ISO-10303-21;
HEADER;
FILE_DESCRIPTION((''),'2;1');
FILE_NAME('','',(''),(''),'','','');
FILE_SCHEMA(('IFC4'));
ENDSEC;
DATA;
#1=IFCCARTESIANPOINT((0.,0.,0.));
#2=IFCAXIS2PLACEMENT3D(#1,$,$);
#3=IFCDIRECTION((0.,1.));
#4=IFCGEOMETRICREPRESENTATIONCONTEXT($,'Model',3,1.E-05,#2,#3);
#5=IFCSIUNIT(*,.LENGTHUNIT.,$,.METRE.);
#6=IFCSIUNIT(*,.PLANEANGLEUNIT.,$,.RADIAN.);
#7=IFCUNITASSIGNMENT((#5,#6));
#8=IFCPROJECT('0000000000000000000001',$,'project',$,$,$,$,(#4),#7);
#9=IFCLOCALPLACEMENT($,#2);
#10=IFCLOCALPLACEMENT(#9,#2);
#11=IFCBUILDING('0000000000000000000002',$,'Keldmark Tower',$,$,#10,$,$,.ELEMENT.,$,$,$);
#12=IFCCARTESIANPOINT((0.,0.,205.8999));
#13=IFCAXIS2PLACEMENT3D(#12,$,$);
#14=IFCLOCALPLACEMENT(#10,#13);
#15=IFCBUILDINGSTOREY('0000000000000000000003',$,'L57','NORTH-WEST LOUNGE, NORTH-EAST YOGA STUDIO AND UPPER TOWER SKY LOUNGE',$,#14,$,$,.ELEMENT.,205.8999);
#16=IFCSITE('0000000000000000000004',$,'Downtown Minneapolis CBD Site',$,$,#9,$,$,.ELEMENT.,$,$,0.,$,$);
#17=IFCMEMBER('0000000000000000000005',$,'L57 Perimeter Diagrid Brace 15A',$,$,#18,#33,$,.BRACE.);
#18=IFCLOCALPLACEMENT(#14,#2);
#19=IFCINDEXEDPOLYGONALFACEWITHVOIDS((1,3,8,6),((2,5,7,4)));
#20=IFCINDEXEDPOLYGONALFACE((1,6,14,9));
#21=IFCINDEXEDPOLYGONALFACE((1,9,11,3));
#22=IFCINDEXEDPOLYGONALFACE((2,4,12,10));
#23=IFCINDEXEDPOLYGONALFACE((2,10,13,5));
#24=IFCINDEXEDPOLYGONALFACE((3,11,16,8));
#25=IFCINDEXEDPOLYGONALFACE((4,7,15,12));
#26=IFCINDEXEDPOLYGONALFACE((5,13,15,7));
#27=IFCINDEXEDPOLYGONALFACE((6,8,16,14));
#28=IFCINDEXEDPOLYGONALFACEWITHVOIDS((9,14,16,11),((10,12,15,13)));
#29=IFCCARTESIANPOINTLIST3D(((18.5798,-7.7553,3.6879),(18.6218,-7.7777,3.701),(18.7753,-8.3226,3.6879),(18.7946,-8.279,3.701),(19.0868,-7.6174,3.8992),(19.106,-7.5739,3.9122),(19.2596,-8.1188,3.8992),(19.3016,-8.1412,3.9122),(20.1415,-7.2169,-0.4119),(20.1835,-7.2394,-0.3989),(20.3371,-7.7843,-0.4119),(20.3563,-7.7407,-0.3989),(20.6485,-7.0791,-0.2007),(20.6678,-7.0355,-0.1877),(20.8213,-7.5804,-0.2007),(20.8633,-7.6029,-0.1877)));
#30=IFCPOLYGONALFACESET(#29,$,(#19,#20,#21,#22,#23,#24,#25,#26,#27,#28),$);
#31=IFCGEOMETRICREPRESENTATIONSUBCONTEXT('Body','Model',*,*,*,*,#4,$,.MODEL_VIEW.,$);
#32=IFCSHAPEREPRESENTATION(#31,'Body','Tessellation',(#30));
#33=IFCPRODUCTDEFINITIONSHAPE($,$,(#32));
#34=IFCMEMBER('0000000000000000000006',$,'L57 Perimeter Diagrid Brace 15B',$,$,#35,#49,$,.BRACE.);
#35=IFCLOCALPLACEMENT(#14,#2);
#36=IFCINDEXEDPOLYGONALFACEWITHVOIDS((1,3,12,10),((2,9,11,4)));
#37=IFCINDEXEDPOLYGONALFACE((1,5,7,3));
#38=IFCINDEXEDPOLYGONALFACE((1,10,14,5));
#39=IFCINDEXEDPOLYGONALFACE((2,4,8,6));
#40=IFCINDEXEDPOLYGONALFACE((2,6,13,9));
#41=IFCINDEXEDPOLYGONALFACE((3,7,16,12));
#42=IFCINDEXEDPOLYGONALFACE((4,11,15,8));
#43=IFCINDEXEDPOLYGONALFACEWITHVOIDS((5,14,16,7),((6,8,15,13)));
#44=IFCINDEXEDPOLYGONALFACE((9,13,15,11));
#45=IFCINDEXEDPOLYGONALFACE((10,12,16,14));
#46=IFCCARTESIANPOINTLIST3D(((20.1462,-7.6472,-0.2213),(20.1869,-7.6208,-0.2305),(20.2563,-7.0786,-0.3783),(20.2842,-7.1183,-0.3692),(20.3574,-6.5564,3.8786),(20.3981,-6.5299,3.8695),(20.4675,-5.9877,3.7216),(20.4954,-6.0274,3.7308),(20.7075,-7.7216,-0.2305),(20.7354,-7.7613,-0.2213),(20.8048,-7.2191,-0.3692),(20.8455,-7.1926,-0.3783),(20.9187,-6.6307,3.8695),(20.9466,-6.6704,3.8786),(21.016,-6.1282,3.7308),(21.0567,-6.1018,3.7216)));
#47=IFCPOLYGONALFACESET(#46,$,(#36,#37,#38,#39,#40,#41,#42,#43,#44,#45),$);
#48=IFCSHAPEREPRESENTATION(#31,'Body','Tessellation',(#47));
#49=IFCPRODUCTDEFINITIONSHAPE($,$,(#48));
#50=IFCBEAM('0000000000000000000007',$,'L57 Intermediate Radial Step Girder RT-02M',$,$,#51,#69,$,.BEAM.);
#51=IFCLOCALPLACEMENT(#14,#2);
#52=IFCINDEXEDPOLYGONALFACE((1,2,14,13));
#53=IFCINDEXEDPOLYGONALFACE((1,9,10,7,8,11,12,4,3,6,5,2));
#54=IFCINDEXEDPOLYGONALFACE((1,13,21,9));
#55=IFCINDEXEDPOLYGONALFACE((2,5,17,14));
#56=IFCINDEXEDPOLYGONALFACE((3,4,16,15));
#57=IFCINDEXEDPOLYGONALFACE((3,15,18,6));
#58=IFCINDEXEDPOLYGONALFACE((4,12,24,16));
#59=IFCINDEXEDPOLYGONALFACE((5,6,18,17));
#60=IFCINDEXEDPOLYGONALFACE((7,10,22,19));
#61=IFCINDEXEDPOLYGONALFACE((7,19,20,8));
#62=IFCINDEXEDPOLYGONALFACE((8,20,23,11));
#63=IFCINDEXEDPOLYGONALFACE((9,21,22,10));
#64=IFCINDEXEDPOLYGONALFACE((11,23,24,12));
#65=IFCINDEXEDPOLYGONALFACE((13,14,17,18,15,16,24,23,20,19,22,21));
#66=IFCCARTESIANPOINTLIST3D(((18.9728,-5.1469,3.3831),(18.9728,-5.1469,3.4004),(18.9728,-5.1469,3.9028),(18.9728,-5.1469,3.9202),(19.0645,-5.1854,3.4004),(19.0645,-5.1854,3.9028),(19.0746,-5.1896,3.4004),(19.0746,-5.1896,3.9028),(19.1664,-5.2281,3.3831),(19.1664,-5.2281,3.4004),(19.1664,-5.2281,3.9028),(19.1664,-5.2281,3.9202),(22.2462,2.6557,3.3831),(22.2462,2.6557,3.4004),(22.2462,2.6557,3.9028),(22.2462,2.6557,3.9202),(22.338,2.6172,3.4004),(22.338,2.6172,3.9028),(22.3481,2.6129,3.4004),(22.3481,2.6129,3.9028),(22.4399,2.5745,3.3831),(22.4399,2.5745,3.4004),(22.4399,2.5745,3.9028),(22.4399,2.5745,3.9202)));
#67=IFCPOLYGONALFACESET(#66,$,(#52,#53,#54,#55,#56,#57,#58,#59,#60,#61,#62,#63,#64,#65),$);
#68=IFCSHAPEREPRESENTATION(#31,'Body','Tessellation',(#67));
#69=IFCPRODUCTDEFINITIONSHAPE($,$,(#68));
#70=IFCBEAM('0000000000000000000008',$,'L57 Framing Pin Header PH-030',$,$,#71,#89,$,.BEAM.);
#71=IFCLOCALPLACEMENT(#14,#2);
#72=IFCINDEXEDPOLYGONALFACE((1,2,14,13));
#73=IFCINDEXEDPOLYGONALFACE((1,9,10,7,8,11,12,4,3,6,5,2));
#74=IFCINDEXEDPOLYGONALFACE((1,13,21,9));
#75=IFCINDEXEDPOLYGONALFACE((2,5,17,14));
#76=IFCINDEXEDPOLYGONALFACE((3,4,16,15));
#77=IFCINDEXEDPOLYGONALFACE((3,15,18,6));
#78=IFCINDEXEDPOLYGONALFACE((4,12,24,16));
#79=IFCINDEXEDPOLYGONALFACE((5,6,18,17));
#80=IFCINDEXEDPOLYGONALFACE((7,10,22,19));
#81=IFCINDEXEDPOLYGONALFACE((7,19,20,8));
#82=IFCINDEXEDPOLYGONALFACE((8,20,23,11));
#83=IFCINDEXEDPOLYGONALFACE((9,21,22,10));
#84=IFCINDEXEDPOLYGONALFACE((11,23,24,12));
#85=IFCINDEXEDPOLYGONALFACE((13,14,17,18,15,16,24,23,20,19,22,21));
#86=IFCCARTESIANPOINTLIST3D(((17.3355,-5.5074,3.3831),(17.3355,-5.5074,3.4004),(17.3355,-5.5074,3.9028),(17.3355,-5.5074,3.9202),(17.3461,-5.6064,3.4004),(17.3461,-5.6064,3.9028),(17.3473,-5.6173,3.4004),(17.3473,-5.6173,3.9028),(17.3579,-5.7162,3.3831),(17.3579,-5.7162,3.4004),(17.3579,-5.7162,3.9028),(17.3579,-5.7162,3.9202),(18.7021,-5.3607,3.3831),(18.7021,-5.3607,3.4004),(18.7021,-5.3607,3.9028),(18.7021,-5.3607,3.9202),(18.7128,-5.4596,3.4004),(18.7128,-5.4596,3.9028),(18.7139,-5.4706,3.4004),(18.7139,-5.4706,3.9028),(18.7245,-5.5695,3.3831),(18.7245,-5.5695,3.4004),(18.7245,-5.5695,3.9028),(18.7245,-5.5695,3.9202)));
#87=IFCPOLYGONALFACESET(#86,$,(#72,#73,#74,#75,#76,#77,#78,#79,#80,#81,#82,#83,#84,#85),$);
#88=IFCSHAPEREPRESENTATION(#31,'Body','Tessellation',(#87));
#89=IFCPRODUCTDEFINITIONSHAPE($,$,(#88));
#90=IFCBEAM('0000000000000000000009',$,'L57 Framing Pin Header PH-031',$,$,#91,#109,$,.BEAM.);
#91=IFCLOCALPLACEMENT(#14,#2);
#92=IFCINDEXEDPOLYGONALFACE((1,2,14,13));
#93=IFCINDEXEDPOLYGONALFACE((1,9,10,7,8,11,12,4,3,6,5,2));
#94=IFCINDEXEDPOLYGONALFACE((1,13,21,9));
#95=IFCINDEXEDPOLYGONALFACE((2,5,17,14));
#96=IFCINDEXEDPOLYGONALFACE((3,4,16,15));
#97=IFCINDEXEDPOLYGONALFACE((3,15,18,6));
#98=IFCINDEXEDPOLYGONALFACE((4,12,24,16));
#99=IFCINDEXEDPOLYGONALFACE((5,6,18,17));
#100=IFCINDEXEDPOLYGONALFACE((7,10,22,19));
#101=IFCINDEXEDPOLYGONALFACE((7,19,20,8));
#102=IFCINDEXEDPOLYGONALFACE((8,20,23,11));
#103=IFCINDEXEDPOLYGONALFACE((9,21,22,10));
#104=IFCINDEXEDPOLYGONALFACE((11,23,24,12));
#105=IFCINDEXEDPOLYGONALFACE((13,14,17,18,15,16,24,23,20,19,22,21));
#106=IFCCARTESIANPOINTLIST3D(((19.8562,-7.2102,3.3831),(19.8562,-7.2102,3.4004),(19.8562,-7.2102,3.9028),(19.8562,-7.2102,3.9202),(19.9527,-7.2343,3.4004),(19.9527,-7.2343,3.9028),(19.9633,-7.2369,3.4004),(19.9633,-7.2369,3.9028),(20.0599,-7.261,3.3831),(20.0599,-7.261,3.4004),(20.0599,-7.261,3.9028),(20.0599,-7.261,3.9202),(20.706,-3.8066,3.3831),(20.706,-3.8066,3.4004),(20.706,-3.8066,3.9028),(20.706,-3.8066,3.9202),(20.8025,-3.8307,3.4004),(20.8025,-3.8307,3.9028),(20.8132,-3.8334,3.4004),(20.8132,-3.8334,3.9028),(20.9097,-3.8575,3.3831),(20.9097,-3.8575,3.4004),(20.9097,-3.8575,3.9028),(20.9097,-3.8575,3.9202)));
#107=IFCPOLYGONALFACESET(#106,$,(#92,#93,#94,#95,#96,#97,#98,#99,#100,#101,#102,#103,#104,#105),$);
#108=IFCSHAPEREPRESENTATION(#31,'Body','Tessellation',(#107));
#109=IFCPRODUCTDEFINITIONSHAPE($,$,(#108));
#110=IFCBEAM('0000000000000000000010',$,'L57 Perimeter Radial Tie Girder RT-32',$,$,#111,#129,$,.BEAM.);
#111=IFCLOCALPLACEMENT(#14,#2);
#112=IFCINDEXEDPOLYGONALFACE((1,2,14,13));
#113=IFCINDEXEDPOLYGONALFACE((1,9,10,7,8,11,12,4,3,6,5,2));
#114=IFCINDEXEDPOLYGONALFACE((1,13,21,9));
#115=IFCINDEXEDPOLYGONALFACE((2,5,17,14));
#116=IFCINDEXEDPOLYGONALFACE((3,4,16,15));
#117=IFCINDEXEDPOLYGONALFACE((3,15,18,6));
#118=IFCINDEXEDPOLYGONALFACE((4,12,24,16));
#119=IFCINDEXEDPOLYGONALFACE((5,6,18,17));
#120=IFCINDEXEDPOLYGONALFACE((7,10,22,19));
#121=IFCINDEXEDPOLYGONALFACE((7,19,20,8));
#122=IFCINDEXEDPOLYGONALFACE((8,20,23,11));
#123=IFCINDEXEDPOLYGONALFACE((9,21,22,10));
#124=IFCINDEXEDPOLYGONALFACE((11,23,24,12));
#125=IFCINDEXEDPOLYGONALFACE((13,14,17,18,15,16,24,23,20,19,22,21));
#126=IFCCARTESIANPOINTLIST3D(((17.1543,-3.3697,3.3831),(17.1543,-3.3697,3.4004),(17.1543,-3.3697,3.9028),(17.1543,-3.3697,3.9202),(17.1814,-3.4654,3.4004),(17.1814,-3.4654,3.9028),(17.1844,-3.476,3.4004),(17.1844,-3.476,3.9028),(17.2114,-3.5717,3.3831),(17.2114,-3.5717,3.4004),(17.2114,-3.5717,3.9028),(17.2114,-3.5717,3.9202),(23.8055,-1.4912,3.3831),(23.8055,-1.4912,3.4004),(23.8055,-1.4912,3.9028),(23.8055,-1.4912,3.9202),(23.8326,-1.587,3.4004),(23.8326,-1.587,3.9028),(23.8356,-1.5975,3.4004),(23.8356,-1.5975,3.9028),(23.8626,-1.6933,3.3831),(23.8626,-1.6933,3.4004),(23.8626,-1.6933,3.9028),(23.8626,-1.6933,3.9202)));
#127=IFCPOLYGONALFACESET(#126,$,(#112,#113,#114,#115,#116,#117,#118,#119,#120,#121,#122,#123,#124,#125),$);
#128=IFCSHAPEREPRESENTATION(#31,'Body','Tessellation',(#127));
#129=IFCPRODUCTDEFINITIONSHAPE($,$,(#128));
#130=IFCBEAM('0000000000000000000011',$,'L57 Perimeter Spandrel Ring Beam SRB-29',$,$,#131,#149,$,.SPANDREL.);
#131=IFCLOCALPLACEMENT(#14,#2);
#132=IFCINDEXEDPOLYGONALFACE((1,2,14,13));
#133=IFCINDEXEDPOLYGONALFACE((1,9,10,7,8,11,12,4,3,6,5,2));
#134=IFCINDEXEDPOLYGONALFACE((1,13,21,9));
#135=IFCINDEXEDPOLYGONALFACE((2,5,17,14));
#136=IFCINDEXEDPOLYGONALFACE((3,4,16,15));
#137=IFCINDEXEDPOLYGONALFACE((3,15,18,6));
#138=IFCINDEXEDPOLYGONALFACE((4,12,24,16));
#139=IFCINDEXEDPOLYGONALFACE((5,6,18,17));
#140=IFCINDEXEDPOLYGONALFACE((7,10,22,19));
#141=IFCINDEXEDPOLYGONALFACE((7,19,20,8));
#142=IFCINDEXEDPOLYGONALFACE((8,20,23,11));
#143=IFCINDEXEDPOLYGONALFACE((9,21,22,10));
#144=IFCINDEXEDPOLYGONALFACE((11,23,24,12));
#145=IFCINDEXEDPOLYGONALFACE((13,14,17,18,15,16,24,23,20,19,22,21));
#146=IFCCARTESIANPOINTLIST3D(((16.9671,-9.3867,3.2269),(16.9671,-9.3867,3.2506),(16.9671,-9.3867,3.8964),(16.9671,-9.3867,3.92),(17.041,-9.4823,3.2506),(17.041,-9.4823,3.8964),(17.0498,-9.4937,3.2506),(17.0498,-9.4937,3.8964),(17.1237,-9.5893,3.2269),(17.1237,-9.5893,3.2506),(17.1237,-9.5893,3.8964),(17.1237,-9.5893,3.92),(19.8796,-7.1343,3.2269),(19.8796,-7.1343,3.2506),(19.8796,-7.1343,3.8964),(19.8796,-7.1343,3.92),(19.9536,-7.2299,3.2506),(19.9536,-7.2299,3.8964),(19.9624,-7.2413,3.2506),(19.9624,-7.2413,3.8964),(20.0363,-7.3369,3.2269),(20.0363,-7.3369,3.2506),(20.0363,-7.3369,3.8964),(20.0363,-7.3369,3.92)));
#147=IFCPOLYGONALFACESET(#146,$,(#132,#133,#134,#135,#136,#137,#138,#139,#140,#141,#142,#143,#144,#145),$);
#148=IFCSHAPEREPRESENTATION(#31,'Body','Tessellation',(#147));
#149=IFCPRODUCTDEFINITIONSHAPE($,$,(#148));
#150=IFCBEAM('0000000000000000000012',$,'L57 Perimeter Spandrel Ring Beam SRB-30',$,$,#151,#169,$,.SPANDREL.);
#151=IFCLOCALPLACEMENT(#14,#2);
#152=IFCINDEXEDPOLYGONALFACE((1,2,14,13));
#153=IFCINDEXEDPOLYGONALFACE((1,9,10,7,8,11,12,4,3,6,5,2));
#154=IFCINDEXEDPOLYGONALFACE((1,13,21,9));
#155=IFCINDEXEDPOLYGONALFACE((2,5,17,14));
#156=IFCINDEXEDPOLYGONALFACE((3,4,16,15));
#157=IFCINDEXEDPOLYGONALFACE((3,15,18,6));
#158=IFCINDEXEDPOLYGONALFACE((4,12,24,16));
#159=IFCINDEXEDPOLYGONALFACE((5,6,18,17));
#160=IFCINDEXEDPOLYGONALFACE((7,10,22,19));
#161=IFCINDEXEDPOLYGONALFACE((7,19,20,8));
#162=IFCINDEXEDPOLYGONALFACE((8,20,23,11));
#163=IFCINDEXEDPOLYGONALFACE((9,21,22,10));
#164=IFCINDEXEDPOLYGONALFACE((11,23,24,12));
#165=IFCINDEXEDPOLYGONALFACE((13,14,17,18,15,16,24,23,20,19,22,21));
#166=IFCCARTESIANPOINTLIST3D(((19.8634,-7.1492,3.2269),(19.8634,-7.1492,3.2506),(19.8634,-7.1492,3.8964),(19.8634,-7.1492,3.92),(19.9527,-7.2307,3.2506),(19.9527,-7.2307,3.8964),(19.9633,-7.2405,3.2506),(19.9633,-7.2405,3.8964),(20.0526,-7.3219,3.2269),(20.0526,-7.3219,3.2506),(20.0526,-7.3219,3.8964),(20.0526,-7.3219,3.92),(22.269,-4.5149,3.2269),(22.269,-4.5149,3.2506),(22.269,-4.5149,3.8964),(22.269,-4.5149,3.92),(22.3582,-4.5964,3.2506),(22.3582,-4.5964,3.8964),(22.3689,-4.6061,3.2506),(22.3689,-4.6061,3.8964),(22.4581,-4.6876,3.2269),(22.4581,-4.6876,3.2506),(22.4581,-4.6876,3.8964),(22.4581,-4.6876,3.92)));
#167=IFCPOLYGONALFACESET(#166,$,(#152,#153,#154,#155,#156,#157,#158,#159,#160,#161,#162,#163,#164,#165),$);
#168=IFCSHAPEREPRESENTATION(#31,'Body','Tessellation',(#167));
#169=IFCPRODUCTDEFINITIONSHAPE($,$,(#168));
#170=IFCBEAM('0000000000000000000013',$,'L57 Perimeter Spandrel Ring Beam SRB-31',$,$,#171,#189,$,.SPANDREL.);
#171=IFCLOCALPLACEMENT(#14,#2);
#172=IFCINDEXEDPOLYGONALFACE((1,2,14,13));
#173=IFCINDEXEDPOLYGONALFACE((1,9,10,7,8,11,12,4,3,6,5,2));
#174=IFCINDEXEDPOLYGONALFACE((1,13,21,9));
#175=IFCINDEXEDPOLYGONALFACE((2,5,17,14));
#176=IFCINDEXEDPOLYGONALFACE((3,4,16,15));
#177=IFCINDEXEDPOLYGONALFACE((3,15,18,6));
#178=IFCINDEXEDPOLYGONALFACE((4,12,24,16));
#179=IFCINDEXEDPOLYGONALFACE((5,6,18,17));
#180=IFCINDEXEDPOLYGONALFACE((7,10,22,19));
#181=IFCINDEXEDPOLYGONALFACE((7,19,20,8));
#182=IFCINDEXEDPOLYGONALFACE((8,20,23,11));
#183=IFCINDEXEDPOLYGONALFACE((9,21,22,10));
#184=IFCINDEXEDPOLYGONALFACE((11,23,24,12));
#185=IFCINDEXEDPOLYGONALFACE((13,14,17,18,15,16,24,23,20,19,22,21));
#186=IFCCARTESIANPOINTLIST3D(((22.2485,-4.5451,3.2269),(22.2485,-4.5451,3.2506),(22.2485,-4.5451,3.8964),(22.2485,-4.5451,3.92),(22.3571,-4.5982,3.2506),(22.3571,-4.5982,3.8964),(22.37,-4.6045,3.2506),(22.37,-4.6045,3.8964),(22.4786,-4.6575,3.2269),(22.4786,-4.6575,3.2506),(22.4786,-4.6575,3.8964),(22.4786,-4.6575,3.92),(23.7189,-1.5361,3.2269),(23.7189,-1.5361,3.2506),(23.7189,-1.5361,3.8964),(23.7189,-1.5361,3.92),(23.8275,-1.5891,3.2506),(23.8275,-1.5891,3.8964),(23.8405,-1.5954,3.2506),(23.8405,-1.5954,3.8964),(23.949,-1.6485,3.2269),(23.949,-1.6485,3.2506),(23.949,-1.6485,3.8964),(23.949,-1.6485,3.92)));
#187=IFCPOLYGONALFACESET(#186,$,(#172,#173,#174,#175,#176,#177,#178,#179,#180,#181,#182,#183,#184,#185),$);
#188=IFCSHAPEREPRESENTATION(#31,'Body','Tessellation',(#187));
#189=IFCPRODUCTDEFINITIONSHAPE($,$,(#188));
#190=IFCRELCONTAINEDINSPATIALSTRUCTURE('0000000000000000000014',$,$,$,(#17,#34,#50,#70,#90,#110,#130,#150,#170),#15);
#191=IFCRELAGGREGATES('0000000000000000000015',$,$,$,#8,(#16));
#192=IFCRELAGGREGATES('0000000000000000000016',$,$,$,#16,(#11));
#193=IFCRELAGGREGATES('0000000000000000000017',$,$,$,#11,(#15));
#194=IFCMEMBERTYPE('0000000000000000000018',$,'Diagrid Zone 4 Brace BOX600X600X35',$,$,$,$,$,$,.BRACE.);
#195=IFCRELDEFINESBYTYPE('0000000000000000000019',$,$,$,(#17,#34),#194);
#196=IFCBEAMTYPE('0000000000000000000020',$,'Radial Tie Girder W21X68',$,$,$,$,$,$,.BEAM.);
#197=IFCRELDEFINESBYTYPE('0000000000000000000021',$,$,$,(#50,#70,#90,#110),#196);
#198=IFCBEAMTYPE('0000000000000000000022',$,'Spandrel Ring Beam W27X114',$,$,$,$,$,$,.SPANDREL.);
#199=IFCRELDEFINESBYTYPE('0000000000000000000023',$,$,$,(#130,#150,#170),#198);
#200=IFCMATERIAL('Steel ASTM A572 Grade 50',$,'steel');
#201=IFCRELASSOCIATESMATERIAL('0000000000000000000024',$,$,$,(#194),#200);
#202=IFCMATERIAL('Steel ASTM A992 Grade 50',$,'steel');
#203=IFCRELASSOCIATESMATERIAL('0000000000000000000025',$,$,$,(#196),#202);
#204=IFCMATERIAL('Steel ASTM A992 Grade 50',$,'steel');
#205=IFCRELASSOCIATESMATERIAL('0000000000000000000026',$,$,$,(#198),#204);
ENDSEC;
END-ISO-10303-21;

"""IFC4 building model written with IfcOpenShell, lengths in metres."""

from ifc_helpers import new_model, si_unit, direction, frame, origin, origin_2d, place, context, subcontext, project, spatial, hollow_rectangle, i_section, extrude, material, material_profile, profile_set, type_object, element, save


model = new_model("IFC4")

# Units and contexts
model_context = context("Model", 3, precision=1e-05, world=origin(), true_north=direction((0.0, 1.0)))
body_context = subcontext(model_context, "Body", "Model", "MODEL_VIEW")
ifc_project = project(units=[si_unit("LENGTHUNIT", "METRE"), si_unit("PLANEANGLEUNIT", "RADIAN")], contexts=[model_context])

# Site, building, storey
site_placement = place(None, origin())
site = spatial("IfcSite", under=ifc_project, at=site_placement, Name="Downtown Minneapolis CBD Site", CompositionType="ELEMENT", RefElevation=0.0)
building_placement = place(site_placement, origin())
building = spatial("IfcBuilding", under=site, at=building_placement, Name="Keldmark Tower", CompositionType="ELEMENT")
storey_placement = place(building_placement, frame((0.0, 0.0, 205.8999)))
storey = spatial("IfcBuildingStorey", under=building, at=storey_placement, Name="L57", Description="NORTH-WEST LOUNGE, NORTH-EAST YOGA STUDIO AND UPPER TOWER SKY LOUNGE", CompositionType="ELEMENT", Elevation=205.8999)

# Members
ifc_material_1 = material(Name="Steel ASTM A572 Grade 50", Category="steel")
ifc_material_profile_1 = material_profile(ifc_material_1, hollow_rectangle(XDim=0.6001, YDim=0.6001, WallThickness=0.0349, at=origin_2d()), Name="BOX600X600X35")
ifc_profile_set_1 = profile_set([ifc_material_profile_1], Name="Steel ASTM A572 Grade 50")
member_type = type_object("IfcMemberType", Name="Diagrid Zone 4 Brace BOX600X600X35", PredefinedType="BRACE", material=ifc_profile_set_1)
member_1_placement = place(storey_placement, frame((20.5024, -7.4099, -0.2998), z_axis=(-0.353329, -0.12179, 0.927537), x_axis=(0.325877, -0.945412, 0.0)))
element("IfcMember", 1, at=member_1_placement, inside=storey, type_object=member_type, Name="L57 Perimeter Diagrid Brace 15A", PredefinedType="BRACE", context=body_context, shape_type="SweptSolid", body=[
    extrude(hollow_rectangle(XDim=0.6001, YDim=0.6001, WallThickness=0.0349, at=origin_2d()), origin(), (0.0, 0.0, 1.0), 4.4202),
])
member_2_placement = place(storey_placement, frame((20.4958, -7.4199, -0.2998), z_axis=(0.049716, 0.2568, 0.965185), x_axis=(-0.981771, 0.19007, 0.0)))
element("IfcMember", 2, at=member_2_placement, inside=storey, type_object=member_type, Name="L57 Perimeter Diagrid Brace 15B", PredefinedType="BRACE", context=body_context, shape_type="SweptSolid", body=[
    extrude(hollow_rectangle(XDim=0.6001, YDim=0.6001, WallThickness=0.0349, at=origin_2d()), origin(), (0.0, 0.0, 1.0), 4.2478),
])

# Beams
ifc_material_2 = material(Name="Steel ASTM A992 Grade 50", Category="steel")
ifc_material_profile_2 = material_profile(ifc_material_2, i_section(OverallWidth=0.21, OverallDepth=0.5371, WebThickness=0.011, FlangeThickness=0.0173, at=origin_2d()), Name="W21X68")
ifc_profile_set_2 = profile_set([ifc_material_profile_2], Name="Steel ASTM A992 Grade 50")
beam_type_1 = type_object("IfcBeamType", Name="Radial Tie Girder W21X68", PredefinedType="BEAM", material=ifc_profile_set_2)
beam_1_placement = place(storey_placement, frame((19.0696, -5.1875, 3.6516), z_axis=(0.38687, 0.922134, 0.0), x_axis=(-0.922134, 0.38687, 0.0)))
element("IfcBeam", 3, at=beam_1_placement, inside=storey, type_object=beam_type_1, Name="L57 Intermediate Radial Step Girder RT-02M", PredefinedType="BEAM", context=body_context, shape_type="SweptSolid", body=[
    extrude(i_section(OverallWidth=0.21, OverallDepth=0.5371, WebThickness=0.011, FlangeThickness=0.0173, at=origin_2d()), origin(), (0.0, 0.0, 1.0), 8.4614),
])
beam_2_placement = place(storey_placement, frame((17.3467, -5.6118, 3.6516), z_axis=(0.994286, 0.106746, 0.0), x_axis=(-0.106746, 0.994286, 0.0)))
element("IfcBeam", 4, at=beam_2_placement, inside=storey, type_object=beam_type_1, Name="L57 Framing Pin Header PH-030", PredefinedType="BEAM", context=body_context, shape_type="SweptSolid", body=[
    extrude(i_section(OverallWidth=0.21, OverallDepth=0.5371, WebThickness=0.011, FlangeThickness=0.0173, at=origin_2d()), origin(), (0.0, 0.0, 1.0), 1.3745),
])
beam_3_placement = place(storey_placement, frame((19.958, -7.2356, 3.6516), z_axis=(0.242257, 0.970212, 0.0), x_axis=(-0.970212, 0.242257, 0.0)))
element("IfcBeam", 5, at=beam_3_placement, inside=storey, type_object=beam_type_1, Name="L57 Framing Pin Header PH-031", PredefinedType="BEAM", context=body_context, shape_type="SweptSolid", body=[
    extrude(i_section(OverallWidth=0.21, OverallDepth=0.5371, WebThickness=0.011, FlangeThickness=0.0173, at=origin_2d()), origin(), (0.0, 0.0, 1.0), 3.5081),
])
beam_4_placement = place(storey_placement, frame((17.1829, -3.4707, 3.6516), z_axis=(0.962357, 0.27179, 0.0), x_axis=(-0.27179, 0.962357, 0.0)))
element("IfcBeam", 6, at=beam_4_placement, inside=storey, type_object=beam_type_1, Name="L57 Perimeter Radial Tie Girder RT-32", PredefinedType="BEAM", context=body_context, shape_type="SweptSolid", body=[
    extrude(i_section(OverallWidth=0.21, OverallDepth=0.5371, WebThickness=0.011, FlangeThickness=0.0173, at=origin_2d()), origin(), (0.0, 0.0, 1.0), 6.9114),
])
ifc_material_3 = material(Name="Steel ASTM A992 Grade 50", Category="steel")
ifc_material_profile_3 = material_profile(ifc_material_3, i_section(OverallWidth=0.2561, OverallDepth=0.6931, WebThickness=0.0144, FlangeThickness=0.0237, at=origin_2d()), Name="W27X114")
ifc_profile_set_3 = profile_set([ifc_material_profile_3], Name="Steel ASTM A992 Grade 50")
beam_type_2 = type_object("IfcBeamType", Name="Spandrel Ring Beam W27X114", PredefinedType="SPANDREL", material=ifc_profile_set_3)
beam_5_placement = place(storey_placement, frame((17.0454, -9.488, 3.5735), z_axis=(0.791049, 0.611753, 0.0), x_axis=(-0.611753, 0.791049, 0.0)))
element("IfcBeam", 7, at=beam_5_placement, inside=storey, type_object=beam_type_2, Name="L57 Perimeter Spandrel Ring Beam SRB-29", PredefinedType="SPANDREL", context=body_context, shape_type="SweptSolid", body=[
    extrude(i_section(OverallWidth=0.2561, OverallDepth=0.6931, WebThickness=0.0144, FlangeThickness=0.0237, at=origin_2d()), origin(), (0.0, 0.0, 1.0), 3.6819),
])
beam_6_placement = place(storey_placement, frame((19.958, -7.2356, 3.5735), z_axis=(0.674316, 0.738443, 0.0), x_axis=(-0.738443, 0.674316, 0.0)))
element("IfcBeam", 8, at=beam_6_placement, inside=storey, type_object=beam_type_2, Name="L57 Perimeter Spandrel Ring Beam SRB-30", PredefinedType="SPANDREL", context=body_context, shape_type="SweptSolid", body=[
    extrude(i_section(OverallWidth=0.2561, OverallDepth=0.6931, WebThickness=0.0144, FlangeThickness=0.0237, at=origin_2d()), origin(), (0.0, 0.0, 1.0), 3.5674),
])
beam_7_placement = place(storey_placement, frame((22.3635, -4.6013, 3.5735), z_axis=(0.43906, 0.898458, 0.0), x_axis=(-0.898458, 0.43906, 0.0)))
element("IfcBeam", 9, at=beam_7_placement, inside=storey, type_object=beam_type_2, Name="L57 Perimeter Spandrel Ring Beam SRB-31", PredefinedType="SPANDREL", context=body_context, shape_type="SweptSolid", body=[
    extrude(i_section(OverallWidth=0.2561, OverallDepth=0.6931, WebThickness=0.0144, FlangeThickness=0.0237, at=origin_2d()), origin(), (0.0, 0.0, 1.0), 3.3491),
])

save(model, "model.ifc")
